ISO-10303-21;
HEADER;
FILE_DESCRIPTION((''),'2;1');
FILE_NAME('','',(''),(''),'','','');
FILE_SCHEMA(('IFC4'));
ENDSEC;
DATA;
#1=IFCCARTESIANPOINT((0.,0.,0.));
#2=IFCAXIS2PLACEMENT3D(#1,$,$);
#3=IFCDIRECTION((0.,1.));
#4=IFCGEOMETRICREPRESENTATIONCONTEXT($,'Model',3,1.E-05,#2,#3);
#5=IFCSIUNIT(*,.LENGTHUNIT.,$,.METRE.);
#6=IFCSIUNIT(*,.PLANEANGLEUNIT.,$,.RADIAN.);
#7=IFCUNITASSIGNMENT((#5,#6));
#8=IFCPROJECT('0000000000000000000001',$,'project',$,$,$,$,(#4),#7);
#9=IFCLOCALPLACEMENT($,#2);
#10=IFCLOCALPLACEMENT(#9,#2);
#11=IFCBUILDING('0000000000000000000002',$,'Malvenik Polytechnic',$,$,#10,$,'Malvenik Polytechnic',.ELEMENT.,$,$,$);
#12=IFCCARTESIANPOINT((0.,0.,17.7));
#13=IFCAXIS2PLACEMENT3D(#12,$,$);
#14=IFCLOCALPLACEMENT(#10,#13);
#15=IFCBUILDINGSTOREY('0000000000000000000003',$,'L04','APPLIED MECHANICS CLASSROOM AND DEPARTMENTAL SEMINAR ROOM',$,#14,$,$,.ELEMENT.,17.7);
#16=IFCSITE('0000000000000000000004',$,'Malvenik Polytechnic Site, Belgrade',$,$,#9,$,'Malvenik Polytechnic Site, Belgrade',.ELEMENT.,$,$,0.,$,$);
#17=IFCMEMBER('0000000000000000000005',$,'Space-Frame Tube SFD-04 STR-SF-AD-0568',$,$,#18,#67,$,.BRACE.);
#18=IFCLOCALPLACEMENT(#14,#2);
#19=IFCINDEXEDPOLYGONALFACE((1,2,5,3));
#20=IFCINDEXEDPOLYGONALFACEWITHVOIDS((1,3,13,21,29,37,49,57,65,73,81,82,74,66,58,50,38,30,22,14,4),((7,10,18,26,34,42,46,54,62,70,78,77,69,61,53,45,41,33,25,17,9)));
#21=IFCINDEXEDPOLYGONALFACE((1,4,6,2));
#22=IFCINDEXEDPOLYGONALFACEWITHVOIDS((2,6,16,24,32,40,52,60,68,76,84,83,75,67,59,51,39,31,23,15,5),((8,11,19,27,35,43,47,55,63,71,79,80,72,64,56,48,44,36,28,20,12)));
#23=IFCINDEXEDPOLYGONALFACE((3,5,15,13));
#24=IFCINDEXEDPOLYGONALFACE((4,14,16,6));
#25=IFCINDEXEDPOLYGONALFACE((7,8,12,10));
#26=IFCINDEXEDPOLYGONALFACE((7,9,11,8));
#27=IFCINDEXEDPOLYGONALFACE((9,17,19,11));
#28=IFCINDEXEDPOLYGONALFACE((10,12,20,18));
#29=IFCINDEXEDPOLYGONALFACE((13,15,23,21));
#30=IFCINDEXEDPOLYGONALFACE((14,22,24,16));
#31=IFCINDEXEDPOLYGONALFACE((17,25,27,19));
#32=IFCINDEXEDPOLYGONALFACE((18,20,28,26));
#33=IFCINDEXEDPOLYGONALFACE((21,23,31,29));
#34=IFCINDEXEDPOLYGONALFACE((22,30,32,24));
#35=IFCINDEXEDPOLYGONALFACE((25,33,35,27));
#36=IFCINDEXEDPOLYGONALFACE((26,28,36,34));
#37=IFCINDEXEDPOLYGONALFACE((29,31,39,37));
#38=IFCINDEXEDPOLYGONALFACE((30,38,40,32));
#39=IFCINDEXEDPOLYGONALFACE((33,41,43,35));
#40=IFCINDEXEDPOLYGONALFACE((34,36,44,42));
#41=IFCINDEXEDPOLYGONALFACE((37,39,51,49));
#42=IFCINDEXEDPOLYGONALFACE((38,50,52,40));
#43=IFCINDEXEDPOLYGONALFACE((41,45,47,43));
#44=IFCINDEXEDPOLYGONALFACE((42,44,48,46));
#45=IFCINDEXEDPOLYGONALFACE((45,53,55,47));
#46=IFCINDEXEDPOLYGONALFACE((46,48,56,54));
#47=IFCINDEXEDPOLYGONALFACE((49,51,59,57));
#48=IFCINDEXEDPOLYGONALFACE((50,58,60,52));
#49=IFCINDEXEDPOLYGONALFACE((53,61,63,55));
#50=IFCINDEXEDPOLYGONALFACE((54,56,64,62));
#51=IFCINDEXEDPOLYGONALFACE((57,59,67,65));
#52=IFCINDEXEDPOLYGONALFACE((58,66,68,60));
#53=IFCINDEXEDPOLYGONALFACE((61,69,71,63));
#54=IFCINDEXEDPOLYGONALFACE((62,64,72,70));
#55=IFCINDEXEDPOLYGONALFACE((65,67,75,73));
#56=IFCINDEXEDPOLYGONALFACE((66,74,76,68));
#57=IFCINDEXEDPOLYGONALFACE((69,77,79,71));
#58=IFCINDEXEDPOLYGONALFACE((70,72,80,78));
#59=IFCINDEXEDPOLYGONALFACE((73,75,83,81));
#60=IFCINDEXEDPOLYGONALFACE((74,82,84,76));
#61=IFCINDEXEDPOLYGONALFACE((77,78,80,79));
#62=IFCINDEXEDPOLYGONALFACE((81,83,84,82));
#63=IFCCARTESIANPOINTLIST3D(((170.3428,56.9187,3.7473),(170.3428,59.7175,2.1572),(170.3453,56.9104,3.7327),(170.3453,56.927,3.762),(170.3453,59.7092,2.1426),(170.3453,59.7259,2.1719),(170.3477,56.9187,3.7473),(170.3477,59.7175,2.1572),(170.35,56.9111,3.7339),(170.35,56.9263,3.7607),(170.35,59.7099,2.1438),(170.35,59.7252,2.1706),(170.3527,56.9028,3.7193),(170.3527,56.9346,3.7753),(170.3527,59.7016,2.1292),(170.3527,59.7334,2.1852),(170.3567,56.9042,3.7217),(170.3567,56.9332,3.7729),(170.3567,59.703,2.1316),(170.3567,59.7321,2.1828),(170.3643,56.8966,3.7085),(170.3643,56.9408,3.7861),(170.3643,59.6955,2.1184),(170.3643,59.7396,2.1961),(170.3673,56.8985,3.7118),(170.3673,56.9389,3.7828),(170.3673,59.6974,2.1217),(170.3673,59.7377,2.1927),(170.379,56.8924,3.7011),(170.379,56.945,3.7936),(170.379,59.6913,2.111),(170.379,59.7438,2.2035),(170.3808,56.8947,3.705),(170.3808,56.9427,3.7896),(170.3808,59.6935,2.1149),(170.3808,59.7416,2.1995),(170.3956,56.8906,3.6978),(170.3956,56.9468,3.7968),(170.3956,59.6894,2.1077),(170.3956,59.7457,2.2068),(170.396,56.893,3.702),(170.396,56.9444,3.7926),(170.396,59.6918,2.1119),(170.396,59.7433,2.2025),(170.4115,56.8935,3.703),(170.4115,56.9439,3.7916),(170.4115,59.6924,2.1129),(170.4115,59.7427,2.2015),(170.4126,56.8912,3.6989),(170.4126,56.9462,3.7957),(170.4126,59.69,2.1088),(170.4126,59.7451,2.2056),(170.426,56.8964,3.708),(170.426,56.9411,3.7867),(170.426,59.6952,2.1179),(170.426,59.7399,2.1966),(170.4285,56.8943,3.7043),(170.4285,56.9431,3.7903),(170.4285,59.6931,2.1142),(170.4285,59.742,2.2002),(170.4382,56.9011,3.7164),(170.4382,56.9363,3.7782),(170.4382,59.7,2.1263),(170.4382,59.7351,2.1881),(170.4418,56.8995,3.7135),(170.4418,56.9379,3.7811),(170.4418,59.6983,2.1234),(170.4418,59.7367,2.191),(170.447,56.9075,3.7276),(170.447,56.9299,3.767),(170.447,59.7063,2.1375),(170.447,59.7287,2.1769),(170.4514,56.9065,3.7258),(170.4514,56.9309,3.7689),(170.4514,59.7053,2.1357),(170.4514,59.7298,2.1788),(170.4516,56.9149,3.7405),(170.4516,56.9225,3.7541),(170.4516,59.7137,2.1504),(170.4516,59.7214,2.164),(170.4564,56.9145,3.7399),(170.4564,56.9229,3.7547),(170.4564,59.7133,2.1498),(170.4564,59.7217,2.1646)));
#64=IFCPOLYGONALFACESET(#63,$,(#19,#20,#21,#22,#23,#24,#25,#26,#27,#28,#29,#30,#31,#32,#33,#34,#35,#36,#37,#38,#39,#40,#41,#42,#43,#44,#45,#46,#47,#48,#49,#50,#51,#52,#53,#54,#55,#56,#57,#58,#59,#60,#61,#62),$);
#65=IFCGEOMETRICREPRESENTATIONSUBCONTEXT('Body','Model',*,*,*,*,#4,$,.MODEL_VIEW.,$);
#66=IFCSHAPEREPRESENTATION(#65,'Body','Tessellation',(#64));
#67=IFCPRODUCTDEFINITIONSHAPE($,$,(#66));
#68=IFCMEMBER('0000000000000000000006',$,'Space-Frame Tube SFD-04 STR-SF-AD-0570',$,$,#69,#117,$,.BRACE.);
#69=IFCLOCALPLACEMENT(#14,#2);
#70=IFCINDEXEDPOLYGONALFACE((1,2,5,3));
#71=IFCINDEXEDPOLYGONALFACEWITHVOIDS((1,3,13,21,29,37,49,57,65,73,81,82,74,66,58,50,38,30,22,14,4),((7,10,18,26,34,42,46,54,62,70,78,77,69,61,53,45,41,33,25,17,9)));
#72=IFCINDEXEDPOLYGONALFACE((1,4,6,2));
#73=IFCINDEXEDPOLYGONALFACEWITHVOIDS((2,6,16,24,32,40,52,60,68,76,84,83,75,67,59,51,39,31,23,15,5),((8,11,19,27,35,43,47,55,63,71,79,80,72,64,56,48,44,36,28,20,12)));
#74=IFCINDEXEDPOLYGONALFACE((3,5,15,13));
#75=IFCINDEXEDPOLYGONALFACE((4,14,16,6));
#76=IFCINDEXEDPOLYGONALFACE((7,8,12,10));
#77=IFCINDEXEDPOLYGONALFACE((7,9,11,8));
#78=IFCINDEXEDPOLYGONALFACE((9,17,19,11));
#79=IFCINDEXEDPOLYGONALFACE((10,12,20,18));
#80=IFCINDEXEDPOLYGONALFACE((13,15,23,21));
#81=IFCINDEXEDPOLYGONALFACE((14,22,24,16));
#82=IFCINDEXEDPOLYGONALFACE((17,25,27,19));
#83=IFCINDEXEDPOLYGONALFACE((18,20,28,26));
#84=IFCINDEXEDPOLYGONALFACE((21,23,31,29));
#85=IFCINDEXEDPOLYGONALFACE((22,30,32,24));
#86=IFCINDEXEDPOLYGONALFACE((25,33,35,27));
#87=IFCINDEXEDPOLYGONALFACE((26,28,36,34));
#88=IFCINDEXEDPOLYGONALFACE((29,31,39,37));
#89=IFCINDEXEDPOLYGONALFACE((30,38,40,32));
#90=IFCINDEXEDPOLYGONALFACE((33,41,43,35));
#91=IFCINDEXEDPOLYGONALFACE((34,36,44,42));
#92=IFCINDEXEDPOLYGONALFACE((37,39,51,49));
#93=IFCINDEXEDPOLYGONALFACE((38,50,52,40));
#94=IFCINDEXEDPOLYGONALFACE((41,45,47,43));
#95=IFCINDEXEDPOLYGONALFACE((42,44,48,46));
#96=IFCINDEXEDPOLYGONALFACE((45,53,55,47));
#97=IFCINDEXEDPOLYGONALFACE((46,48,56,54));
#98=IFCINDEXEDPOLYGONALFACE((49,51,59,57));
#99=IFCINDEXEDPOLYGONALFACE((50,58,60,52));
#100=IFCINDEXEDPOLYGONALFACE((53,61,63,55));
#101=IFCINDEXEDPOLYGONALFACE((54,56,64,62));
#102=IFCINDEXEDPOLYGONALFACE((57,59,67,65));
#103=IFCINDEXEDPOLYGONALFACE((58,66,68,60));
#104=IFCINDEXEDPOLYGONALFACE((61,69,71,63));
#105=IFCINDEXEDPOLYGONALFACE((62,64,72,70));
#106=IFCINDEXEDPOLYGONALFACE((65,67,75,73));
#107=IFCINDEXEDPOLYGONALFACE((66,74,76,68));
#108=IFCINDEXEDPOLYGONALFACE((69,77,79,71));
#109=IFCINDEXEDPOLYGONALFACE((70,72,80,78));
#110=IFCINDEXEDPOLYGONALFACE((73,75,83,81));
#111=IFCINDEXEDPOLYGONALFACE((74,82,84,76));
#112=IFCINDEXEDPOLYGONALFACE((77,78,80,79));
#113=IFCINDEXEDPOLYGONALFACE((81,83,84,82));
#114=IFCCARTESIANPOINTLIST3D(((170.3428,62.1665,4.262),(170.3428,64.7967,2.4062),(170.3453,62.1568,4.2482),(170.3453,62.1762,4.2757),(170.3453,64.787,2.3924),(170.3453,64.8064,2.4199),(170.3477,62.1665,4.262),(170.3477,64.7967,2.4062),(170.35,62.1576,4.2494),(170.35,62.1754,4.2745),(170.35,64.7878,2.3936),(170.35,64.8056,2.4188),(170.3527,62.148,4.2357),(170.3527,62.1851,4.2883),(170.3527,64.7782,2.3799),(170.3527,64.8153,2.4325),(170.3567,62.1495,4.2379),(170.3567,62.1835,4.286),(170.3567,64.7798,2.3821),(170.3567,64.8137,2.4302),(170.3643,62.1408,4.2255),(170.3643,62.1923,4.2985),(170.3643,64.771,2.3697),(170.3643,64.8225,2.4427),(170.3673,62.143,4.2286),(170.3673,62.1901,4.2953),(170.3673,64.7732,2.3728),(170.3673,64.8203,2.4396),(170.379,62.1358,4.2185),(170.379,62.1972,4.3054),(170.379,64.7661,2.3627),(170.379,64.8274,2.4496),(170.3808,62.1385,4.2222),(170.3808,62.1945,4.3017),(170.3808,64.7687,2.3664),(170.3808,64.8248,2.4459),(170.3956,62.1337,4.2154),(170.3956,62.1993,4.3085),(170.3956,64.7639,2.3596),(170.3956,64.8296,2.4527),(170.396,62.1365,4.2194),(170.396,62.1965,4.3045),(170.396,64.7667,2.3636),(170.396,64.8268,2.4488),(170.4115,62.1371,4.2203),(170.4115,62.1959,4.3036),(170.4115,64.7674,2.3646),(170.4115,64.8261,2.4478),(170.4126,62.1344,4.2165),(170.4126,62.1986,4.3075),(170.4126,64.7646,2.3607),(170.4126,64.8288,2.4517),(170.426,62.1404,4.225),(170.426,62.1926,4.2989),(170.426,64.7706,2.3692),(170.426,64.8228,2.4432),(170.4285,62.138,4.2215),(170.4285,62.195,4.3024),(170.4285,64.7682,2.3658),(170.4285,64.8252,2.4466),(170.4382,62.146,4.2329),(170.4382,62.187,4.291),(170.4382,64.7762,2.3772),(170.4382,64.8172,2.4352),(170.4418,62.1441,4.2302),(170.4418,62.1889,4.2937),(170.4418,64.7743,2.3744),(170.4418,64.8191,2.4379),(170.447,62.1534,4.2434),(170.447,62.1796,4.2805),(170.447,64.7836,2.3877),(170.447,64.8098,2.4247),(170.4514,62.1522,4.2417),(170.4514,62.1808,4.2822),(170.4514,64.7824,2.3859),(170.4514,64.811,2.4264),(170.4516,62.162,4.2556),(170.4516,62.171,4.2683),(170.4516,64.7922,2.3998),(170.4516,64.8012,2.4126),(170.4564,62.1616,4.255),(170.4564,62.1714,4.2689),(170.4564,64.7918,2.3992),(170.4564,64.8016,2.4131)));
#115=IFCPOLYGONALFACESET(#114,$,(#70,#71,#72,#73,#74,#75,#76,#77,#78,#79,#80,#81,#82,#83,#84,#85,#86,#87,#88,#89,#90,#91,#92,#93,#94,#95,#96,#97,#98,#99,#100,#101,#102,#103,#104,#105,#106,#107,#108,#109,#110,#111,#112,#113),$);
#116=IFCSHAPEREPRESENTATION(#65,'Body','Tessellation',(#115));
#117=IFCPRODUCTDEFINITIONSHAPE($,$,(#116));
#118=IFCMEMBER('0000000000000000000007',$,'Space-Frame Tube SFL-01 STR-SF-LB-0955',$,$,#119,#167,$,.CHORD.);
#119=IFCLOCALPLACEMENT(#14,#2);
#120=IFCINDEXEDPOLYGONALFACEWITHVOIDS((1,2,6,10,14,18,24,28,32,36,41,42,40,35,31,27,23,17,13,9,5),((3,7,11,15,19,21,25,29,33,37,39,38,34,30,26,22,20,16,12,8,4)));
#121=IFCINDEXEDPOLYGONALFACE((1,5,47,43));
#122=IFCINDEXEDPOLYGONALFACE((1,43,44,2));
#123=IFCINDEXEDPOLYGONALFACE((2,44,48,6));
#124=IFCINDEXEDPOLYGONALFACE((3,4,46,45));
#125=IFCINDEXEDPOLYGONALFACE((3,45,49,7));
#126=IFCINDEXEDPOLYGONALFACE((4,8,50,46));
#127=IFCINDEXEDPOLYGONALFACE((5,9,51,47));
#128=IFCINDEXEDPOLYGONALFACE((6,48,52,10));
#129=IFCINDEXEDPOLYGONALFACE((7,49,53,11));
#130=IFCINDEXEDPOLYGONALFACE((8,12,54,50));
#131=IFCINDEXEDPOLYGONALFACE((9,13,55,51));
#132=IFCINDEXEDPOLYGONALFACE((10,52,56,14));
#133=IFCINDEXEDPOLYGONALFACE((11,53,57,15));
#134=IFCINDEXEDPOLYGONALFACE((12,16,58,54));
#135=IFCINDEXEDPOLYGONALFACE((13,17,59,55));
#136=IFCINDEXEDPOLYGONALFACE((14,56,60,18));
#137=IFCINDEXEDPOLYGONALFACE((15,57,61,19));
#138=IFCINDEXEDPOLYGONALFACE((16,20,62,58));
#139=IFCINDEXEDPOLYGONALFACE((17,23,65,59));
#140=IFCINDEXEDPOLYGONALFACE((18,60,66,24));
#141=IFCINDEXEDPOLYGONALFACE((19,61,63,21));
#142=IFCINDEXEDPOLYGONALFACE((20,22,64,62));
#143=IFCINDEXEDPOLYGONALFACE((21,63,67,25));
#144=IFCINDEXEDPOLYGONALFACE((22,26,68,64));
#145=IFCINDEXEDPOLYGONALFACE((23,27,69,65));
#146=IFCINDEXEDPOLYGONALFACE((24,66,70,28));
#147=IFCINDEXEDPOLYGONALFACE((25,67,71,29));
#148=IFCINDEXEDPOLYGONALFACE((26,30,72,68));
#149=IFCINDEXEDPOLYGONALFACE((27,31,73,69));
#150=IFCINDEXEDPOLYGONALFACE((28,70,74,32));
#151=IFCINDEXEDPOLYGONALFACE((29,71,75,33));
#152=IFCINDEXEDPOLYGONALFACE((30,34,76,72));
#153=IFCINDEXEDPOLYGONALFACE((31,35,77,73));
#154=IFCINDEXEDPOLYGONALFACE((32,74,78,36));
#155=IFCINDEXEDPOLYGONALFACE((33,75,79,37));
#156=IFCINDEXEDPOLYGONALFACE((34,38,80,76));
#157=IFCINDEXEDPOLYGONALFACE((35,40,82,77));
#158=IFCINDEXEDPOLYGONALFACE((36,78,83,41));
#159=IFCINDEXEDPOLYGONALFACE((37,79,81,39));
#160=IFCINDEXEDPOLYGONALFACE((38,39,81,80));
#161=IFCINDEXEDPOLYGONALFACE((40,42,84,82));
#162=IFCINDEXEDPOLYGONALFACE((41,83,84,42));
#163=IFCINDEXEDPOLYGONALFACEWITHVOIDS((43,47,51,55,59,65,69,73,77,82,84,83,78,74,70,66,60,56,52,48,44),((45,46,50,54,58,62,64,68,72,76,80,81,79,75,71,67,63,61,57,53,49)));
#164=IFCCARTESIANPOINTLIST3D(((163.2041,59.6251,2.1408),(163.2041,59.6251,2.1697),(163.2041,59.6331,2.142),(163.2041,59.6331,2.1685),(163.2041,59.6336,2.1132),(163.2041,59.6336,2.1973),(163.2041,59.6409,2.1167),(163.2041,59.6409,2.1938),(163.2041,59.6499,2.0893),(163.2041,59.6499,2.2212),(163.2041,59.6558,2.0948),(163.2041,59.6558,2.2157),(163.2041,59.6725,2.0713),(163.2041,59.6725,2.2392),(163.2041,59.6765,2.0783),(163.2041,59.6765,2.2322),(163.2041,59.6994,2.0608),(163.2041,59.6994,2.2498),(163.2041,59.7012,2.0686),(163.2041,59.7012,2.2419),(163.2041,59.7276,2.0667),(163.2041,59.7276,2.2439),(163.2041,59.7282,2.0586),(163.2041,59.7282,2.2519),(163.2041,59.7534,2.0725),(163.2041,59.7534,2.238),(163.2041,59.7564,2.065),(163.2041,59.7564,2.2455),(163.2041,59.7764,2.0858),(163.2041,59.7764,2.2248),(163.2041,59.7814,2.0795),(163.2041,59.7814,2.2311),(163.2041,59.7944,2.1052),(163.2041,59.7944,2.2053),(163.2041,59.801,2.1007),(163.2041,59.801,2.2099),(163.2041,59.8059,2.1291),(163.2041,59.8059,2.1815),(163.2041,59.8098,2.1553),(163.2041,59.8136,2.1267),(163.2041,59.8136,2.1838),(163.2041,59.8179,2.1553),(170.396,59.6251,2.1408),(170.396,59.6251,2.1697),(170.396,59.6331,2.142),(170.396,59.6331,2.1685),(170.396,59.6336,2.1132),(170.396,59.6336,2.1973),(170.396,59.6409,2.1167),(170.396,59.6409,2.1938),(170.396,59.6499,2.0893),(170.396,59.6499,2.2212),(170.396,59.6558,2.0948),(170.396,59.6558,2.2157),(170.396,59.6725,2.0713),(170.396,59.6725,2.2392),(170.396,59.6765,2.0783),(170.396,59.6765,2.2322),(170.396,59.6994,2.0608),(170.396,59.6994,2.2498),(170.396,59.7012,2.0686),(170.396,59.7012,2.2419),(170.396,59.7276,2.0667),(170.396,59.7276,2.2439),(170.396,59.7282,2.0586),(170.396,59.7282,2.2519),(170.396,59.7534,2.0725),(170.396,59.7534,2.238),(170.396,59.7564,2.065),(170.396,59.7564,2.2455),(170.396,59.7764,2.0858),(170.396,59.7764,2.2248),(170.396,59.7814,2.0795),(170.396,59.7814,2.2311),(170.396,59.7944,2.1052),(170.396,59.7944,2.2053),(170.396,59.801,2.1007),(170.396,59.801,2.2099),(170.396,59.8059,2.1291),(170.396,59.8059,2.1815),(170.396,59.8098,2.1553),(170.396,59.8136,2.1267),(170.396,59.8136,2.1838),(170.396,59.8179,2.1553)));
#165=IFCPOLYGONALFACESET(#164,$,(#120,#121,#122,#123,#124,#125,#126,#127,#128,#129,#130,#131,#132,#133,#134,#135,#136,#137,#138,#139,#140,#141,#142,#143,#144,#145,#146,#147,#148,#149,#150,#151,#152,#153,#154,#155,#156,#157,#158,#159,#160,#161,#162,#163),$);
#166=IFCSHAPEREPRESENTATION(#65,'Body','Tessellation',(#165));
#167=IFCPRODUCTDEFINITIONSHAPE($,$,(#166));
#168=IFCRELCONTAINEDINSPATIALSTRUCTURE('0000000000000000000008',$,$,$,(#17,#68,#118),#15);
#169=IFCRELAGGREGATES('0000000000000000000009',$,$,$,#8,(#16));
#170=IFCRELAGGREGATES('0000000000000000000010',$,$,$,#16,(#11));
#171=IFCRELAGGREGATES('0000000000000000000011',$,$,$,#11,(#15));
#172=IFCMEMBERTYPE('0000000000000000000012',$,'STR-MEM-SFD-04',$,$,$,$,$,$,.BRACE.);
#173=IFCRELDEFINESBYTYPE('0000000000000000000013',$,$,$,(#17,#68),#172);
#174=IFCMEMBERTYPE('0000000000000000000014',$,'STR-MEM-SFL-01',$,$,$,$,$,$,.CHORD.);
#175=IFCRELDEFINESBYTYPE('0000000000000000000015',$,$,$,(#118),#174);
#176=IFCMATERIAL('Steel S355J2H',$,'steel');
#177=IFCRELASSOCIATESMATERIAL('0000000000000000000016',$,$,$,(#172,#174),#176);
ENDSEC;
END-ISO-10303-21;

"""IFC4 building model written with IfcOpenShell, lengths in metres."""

from ifc_helpers import new_model, si_unit, direction, frame, origin, origin_2d, place, context, subcontext, project, spatial, hollow_circle, extrude, material, material_profile, profile_set, type_object, element, save


model = new_model("IFC4")

# Units and contexts
model_context = context("Model", 3, precision=1e-05, world=origin(), true_north=direction((0.0, 1.0)))
body_context = subcontext(model_context, "Body", "Model", "MODEL_VIEW")
ifc_project = project(units=[si_unit("LENGTHUNIT", "METRE"), si_unit("PLANEANGLEUNIT", "RADIAN")], contexts=[model_context])

# Site, building, storey
site_placement = place(None, origin())
site = spatial("IfcSite", under=ifc_project, at=site_placement, Name="Malvenik Polytechnic Site, Belgrade", LongName="Malvenik Polytechnic Site, Belgrade", CompositionType="ELEMENT", RefElevation=0.0)
building_placement = place(site_placement, origin())
building = spatial("IfcBuilding", under=site, at=building_placement, Name="Malvenik Polytechnic", LongName="Malvenik Polytechnic", CompositionType="ELEMENT")
storey_placement = place(building_placement, frame((0.0, 0.0, 17.7)))
storey = spatial("IfcBuildingStorey", under=building, at=storey_placement, Name="L04", Description="APPLIED MECHANICS CLASSROOM AND DEPARTMENTAL SEMINAR ROOM", CompositionType="ELEMENT", Elevation=17.7)

# Members
ifc_material_1 = material(Name="Steel S355J2H", Category="steel")
ifc_material_profile_1 = material_profile(ifc_material_1, hollow_circle(Radius=0.0571, WallThickness=0.0049, at=origin_2d()), Name="CHS 114.3x5.0")
ifc_profile_set_1 = profile_set([ifc_material_profile_1], Name="Steel S355J2H")
member_type_1 = type_object("IfcMemberType", Name="STR-MEM-SFD-04", PredefinedType="BRACE", material=ifc_profile_set_1)
for number, where, z_axis, x_axis, name in (
    (1, (170.3999, 56.9187, 3.7473), (0.0, 0.869477, -0.493973), (-1.0, 0.0, 0.0), "Space-Frame Tube SFD-04 STR-SF-AD-0568"),
    (2, (170.3999, 62.1665, 4.262), (0.0, 0.817092, -0.576507), (-1.0, 0.0, 0.0), "Space-Frame Tube SFD-04 STR-SF-AD-0570"),
):
    element("IfcMember", number, at=place(storey_placement, frame(where, z_axis=z_axis, x_axis=x_axis)), inside=storey, type_object=member_type_1, Name=name, PredefinedType="BRACE", context=body_context, shape_type="SweptSolid", body=[
        extrude(hollow_circle(Radius=0.0571, WallThickness=0.0049, at=origin_2d()), origin(), (0.0, 0.0, 1.0), 3.219),
    ])
ifc_material_profile_2 = material_profile(ifc_material_1, hollow_circle(Radius=0.0969, WallThickness=0.0081, at=origin_2d()), Name="CHS 193.7x8.0")
ifc_profile_set_2 = profile_set([ifc_material_profile_2], Name="Steel S355J2H")
member_type_2 = type_object("IfcMemberType", Name="STR-MEM-SFL-01", PredefinedType="CHORD", material=ifc_profile_set_2)
for number, where, z_axis, x_axis, name in (
    (3, (163.2041, 59.7209, 2.1553), (1.0, 0.0, 0.0), (0.0, 1.0, 0.0), "Space-Frame Tube SFL-01 STR-SF-LB-0955"),
):
    element("IfcMember", number, at=place(storey_placement, frame(where, z_axis=z_axis, x_axis=x_axis)), inside=storey, type_object=member_type_2, Name=name, PredefinedType="CHORD", context=body_context, shape_type="SweptSolid", body=[
        extrude(hollow_circle(Radius=0.0969, WallThickness=0.0081, at=origin_2d()), origin(), (0.0, 0.0, 1.0), 7.1919),
    ])

save(model, "model.ifc")
